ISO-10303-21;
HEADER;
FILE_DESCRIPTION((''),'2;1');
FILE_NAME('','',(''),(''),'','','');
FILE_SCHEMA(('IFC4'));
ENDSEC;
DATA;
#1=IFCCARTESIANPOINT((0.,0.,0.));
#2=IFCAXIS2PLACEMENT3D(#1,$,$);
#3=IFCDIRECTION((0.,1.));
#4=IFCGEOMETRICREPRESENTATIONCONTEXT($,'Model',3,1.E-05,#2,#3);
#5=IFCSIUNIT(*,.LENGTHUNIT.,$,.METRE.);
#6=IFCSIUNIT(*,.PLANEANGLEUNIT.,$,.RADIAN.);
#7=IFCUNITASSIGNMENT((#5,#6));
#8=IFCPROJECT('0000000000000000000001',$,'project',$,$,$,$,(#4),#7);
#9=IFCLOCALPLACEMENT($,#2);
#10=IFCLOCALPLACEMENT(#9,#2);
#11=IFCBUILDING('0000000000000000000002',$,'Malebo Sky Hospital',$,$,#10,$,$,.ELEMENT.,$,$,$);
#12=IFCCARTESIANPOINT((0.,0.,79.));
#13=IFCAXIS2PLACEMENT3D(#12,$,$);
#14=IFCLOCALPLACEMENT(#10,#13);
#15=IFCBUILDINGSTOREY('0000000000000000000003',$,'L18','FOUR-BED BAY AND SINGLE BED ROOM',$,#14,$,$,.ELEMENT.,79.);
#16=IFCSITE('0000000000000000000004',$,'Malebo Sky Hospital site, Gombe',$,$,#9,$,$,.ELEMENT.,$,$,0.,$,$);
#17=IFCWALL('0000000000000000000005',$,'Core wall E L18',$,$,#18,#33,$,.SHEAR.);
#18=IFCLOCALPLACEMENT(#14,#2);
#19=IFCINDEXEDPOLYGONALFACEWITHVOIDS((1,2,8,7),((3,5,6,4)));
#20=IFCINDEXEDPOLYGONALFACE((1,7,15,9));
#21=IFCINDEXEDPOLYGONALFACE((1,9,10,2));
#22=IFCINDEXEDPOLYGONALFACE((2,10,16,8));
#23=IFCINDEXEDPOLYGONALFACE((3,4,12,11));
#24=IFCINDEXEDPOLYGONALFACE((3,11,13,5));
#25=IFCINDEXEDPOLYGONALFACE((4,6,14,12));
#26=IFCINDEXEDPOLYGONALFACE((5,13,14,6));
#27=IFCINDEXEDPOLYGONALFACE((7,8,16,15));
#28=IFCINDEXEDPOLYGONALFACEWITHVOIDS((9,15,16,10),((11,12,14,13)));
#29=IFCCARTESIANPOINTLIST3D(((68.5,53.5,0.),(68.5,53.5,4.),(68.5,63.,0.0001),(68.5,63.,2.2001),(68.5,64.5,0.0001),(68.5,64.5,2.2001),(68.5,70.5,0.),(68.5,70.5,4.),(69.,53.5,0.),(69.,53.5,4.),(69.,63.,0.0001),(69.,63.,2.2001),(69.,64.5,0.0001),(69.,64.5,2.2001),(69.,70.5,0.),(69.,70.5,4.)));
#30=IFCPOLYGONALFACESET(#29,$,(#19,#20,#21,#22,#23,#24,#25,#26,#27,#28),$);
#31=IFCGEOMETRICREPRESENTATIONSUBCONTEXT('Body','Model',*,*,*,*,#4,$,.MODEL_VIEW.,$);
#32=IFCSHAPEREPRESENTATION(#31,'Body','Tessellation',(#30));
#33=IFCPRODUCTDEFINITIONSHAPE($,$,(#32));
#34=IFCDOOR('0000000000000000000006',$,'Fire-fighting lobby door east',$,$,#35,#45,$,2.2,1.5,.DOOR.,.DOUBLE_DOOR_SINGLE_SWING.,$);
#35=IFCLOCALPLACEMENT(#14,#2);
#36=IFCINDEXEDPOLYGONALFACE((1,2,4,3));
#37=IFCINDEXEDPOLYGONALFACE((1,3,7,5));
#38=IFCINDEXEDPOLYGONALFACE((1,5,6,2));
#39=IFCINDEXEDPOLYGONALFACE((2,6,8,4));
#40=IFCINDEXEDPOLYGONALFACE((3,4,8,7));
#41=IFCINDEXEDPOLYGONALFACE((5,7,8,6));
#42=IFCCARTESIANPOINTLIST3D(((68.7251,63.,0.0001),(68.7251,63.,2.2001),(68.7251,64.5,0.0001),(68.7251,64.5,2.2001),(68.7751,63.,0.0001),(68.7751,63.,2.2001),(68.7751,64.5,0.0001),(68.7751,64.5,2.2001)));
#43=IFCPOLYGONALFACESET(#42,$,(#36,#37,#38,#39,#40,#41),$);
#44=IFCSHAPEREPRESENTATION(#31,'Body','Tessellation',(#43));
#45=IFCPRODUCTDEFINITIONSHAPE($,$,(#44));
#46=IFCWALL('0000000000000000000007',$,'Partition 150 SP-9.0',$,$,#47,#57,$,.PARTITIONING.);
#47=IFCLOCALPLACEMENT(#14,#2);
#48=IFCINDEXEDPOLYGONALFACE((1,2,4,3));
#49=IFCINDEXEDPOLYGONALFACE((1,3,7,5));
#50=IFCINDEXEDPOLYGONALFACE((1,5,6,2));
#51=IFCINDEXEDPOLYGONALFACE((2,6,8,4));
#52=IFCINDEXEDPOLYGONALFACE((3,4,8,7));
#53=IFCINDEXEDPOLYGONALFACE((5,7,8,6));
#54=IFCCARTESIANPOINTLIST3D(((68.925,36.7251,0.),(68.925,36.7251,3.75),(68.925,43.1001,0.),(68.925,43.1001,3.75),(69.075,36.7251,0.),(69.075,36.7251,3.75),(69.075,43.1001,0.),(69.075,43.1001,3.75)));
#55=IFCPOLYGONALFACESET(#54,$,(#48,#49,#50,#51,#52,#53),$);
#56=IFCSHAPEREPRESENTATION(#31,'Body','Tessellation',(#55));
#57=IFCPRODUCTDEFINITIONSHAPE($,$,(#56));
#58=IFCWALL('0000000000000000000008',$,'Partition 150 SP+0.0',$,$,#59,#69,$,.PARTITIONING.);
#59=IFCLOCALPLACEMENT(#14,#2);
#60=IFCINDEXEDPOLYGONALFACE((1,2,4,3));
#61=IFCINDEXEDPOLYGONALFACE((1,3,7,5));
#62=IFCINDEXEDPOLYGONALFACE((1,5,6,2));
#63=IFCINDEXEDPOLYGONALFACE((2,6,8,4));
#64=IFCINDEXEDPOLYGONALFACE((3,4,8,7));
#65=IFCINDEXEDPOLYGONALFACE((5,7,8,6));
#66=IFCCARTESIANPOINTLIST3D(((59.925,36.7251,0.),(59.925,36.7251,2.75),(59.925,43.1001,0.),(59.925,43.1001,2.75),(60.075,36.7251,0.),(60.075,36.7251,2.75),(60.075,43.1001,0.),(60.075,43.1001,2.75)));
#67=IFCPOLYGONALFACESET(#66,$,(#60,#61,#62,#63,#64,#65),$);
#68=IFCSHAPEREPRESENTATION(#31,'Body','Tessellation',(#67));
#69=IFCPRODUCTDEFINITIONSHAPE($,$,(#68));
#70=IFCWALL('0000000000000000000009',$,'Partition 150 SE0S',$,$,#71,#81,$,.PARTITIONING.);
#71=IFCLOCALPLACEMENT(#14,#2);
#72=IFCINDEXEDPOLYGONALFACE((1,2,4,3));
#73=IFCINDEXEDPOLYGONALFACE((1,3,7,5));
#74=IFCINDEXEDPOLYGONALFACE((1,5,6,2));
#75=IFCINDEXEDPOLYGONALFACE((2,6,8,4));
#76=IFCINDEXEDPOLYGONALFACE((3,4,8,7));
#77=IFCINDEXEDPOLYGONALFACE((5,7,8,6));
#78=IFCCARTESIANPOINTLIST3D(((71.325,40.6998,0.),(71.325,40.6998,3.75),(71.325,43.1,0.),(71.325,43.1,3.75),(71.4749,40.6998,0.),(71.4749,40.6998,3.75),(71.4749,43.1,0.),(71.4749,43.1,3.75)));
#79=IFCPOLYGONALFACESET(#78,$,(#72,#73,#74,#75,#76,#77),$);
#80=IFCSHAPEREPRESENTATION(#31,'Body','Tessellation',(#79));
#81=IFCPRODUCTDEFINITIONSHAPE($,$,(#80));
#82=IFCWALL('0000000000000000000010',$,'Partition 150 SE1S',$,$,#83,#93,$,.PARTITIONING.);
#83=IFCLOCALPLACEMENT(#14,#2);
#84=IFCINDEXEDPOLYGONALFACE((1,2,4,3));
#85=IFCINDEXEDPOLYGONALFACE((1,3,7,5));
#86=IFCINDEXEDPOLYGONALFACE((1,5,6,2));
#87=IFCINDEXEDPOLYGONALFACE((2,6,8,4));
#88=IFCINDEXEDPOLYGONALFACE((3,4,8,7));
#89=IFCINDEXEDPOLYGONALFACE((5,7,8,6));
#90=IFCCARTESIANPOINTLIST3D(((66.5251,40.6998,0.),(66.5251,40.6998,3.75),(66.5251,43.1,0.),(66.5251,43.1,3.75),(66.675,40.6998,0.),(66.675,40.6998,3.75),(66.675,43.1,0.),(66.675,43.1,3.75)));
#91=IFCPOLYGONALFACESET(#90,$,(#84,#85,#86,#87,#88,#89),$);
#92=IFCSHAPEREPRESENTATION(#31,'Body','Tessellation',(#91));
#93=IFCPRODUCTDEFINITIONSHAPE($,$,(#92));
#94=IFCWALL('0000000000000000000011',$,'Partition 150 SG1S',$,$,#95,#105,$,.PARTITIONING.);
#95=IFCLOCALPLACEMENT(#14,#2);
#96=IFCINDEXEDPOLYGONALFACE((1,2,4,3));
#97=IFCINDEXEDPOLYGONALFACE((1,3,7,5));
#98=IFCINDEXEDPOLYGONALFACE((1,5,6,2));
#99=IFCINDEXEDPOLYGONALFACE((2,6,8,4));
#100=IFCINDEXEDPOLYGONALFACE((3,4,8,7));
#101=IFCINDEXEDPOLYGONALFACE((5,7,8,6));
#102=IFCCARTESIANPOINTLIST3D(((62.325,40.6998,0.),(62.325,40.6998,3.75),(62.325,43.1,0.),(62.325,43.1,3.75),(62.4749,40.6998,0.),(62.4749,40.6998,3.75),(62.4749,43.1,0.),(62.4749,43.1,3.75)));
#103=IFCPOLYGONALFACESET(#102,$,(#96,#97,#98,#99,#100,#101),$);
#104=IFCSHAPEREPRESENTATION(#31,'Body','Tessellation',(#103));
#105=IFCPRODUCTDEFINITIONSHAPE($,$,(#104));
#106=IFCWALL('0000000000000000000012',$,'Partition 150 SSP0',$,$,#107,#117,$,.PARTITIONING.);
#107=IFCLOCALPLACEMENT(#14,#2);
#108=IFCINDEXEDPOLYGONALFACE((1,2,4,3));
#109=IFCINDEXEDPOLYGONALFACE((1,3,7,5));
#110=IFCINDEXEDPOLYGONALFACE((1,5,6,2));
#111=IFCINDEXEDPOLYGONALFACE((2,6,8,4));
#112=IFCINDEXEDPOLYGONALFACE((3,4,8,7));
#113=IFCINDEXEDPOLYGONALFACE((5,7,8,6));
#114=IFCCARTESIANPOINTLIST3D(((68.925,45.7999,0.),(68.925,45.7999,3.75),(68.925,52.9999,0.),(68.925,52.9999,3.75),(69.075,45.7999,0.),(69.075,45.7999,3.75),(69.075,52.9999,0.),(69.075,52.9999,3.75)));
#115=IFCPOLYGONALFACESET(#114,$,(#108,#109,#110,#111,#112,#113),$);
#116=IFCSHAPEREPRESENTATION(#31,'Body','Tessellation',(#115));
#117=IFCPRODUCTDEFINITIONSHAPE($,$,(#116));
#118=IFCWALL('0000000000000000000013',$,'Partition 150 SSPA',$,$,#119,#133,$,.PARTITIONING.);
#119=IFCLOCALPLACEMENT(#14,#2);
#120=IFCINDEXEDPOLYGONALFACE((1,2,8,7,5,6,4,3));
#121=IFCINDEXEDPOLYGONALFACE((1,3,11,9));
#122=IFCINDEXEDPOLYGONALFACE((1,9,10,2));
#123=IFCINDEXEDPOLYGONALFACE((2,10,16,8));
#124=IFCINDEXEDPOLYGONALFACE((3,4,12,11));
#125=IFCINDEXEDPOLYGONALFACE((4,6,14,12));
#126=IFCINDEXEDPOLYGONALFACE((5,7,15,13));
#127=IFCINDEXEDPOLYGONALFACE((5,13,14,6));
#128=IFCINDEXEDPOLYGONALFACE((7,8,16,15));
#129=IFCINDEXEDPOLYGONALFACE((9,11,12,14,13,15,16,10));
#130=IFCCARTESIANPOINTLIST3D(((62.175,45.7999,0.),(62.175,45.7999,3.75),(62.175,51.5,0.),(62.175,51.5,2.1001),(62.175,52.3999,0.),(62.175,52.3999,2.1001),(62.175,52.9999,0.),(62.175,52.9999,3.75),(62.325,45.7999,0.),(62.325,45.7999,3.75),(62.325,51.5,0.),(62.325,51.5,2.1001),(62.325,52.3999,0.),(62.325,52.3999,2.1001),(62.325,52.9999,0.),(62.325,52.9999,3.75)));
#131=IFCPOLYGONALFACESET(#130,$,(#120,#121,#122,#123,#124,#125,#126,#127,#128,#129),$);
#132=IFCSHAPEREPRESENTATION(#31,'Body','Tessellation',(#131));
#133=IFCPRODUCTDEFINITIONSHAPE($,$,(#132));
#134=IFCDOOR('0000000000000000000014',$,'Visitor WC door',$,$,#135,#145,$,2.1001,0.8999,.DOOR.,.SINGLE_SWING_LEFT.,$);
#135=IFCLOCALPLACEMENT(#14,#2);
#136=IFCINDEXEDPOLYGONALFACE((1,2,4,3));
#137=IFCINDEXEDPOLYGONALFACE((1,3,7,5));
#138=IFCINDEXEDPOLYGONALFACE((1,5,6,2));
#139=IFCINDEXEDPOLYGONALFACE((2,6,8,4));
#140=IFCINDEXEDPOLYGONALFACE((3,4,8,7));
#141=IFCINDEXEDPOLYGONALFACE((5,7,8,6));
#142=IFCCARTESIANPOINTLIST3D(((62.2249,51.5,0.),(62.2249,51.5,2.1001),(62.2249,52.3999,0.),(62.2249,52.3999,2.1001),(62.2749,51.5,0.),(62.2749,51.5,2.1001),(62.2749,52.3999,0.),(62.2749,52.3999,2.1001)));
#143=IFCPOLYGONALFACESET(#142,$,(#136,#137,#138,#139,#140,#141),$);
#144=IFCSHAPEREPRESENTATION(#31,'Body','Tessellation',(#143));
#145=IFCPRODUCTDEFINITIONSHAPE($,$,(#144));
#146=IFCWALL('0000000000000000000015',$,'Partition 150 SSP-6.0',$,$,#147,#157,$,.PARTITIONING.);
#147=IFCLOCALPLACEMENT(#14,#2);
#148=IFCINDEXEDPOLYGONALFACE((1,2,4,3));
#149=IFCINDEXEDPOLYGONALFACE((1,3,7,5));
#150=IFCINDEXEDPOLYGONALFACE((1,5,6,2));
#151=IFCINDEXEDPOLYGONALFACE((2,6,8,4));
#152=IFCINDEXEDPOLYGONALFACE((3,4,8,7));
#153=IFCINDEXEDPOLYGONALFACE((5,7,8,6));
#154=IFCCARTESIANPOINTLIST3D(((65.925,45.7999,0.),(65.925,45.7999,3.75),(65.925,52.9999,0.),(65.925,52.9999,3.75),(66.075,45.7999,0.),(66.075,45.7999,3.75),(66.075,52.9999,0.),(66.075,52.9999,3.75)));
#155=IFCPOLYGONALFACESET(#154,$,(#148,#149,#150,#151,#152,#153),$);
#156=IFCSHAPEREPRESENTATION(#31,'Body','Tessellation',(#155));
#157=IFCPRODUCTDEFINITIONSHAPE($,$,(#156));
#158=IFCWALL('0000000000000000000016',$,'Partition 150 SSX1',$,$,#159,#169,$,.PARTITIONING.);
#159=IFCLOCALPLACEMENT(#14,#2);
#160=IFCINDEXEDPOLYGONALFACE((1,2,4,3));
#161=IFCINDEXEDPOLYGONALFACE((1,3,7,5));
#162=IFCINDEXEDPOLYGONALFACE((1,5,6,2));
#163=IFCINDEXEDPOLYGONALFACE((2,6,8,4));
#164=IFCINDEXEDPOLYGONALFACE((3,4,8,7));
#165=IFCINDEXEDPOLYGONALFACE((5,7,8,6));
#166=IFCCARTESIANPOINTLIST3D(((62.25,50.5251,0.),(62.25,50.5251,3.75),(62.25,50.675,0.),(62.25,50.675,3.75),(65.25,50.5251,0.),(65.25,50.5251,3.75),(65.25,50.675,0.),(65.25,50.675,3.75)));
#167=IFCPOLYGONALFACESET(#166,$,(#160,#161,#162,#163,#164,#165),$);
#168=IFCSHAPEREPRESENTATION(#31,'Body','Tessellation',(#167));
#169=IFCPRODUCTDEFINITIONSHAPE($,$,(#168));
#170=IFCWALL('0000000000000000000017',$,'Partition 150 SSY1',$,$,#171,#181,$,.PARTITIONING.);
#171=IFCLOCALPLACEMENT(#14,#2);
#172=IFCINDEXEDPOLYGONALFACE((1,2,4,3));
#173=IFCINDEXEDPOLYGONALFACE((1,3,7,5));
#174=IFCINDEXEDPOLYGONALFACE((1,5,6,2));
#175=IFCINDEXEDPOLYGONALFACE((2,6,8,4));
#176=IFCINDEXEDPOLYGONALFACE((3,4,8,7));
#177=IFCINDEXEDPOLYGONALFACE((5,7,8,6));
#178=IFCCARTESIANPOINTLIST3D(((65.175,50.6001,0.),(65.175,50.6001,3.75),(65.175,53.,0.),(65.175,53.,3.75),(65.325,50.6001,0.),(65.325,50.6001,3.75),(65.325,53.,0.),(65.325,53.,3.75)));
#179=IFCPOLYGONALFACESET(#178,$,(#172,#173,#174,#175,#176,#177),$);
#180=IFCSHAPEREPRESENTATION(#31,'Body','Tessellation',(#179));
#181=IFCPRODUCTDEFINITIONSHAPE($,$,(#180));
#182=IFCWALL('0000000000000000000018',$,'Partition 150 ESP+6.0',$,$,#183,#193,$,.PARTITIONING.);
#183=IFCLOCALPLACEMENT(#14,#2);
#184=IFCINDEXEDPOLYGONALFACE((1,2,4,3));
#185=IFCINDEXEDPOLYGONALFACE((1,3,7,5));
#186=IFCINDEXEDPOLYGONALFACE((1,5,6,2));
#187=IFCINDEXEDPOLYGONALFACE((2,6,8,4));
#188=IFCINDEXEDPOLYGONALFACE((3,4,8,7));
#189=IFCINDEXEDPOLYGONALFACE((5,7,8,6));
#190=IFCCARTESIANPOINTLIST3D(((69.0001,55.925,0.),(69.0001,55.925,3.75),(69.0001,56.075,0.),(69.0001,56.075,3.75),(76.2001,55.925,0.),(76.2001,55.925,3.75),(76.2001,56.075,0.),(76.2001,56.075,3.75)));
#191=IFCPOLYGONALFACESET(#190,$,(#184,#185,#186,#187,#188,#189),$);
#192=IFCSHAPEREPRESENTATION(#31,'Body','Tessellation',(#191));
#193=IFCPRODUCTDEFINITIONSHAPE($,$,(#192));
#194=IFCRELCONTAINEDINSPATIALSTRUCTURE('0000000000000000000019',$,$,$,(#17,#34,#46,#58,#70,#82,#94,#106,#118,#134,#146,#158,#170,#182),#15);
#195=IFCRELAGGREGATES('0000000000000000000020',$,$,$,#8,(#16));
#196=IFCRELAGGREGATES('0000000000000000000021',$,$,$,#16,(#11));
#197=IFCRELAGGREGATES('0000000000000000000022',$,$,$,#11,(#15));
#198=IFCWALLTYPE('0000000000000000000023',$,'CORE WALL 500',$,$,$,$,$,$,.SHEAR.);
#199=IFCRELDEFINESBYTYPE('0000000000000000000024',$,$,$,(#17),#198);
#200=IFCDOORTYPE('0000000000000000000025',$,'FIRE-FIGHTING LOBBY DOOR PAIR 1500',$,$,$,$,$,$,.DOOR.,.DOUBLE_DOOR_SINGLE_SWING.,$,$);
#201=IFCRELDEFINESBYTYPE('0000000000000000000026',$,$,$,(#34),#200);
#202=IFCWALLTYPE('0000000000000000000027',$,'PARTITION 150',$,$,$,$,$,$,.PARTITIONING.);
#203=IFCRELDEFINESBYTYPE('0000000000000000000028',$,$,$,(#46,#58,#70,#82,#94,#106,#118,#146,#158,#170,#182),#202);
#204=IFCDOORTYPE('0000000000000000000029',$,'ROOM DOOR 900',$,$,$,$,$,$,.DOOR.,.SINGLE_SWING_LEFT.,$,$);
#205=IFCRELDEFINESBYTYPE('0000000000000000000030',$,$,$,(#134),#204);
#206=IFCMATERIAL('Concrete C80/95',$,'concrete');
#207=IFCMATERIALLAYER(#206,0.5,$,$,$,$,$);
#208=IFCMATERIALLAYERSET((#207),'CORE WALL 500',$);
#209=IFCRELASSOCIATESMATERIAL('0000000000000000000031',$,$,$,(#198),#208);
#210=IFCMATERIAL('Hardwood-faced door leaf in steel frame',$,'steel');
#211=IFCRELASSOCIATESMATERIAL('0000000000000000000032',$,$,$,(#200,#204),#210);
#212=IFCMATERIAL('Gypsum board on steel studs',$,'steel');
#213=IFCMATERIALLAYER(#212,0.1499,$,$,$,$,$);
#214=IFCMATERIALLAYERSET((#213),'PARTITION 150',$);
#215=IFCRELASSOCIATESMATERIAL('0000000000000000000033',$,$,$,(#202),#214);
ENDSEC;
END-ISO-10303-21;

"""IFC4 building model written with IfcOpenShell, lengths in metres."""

from ifc_helpers import new_model, si_unit, direction, frame, frame_2d, origin, place, context, subcontext, project, spatial, rectangle, extrude, material, layer, layer_set, type_object, element, fill, save


model = new_model("IFC4")

# Units and contexts
model_context = context("Model", 3, precision=1e-05, world=origin(), true_north=direction((0.0, 1.0)))
body_context = subcontext(model_context, "Body", "Model", "MODEL_VIEW")
ifc_project = project(units=[si_unit("LENGTHUNIT", "METRE"), si_unit("PLANEANGLEUNIT", "RADIAN")], contexts=[model_context])

# Site, building, storey
site_placement = place(None, origin())
site = spatial("IfcSite", under=ifc_project, at=site_placement, Name="Malebo Sky Hospital site, Gombe", CompositionType="ELEMENT", RefElevation=0.0)
building_placement = place(site_placement, origin())
building = spatial("IfcBuilding", under=site, at=building_placement, Name="Malebo Sky Hospital", CompositionType="ELEMENT")
storey_placement = place(building_placement, frame((0.0, 0.0, 79.0)))
storey = spatial("IfcBuildingStorey", under=building, at=storey_placement, Name="L18", Description="FOUR-BED BAY AND SINGLE BED ROOM", CompositionType="ELEMENT", Elevation=79.0)

# Shared definitions
ifc_material_1 = material(Name="Concrete C80/95", Category="concrete")

# Wall, opening, door
ifc_material_2 = material(Name="Hardwood-faced door leaf in steel frame", Category="steel")
ifc_layer_1 = layer(ifc_material_1, 0.5)
ifc_layer_set_1 = layer_set([ifc_layer_1], Name="CORE WALL 500")
wall_type_1 = type_object("IfcWallType", Name="CORE WALL 500", PredefinedType="SHEAR", material=ifc_layer_set_1)
wall_1_placement = place(storey_placement, frame((68.75, 53.5, 0.0), z_axis=(0.0, 0.0, 1.0), x_axis=(0.0, 1.0, 0.0)))
wall_1 = element("IfcWall", 1, at=wall_1_placement, inside=storey, type_object=wall_type_1, Name="Core wall E L18", PredefinedType="SHEAR", context=body_context, shape_type="SweptSolid", body=[
    extrude(rectangle(XDim=17.0, YDim=0.5, at=frame_2d((8.5, 0.0))), origin(), (0.0, 0.0, 1.0), 4.0),
])
opening_1_placement = place(wall_1_placement, frame((9.5, 0.0, 0.0)))
opening_1 = element("IfcOpeningElement", 2, at=opening_1_placement, cuts=wall_1, PredefinedType="OPENING", context=body_context, shape_type="SweptSolid", body=[
    extrude(rectangle(XDim=1.5, YDim=2.2, at=frame_2d((0.75, 1.1001))), frame((0.0, 0.26, 0.0), z_axis=(0.0, -1.0, 0.0), x_axis=(1.0, 0.0, 0.0)), (0.0, 0.0, 1.0), 0.52),
])
door_type_1 = type_object("IfcDoorType", Name="FIRE-FIGHTING LOBBY DOOR PAIR 1500", OperationType="DOUBLE_DOOR_SINGLE_SWING", PredefinedType="DOOR", material=ifc_material_2)
door_1_placement = place(opening_1_placement, origin())
door_1 = element("IfcDoor", 3, at=door_1_placement, inside=storey, type_object=door_type_1, Name="Fire-fighting lobby door east", OperationType="DOUBLE_DOOR_SINGLE_SWING", OverallHeight=2.2, OverallWidth=1.5, PredefinedType="DOOR", context=body_context, shape_type="SweptSolid", body=[
    extrude(rectangle(XDim=1.5, YDim=2.2, at=frame_2d((0.75, 1.1001))), frame((0.0, 0.0249, 0.0), z_axis=(0.0, -1.0, 0.0), x_axis=(1.0, 0.0, 0.0)), (0.0, 0.0, 1.0), 0.05),
])
fill(opening_1, door_1)

# Walls
ifc_material_3 = material(Name="Gypsum board on steel studs", Category="steel")
ifc_layer_2 = layer(ifc_material_3, 0.1499)
ifc_layer_set_2 = layer_set([ifc_layer_2], Name="PARTITION 150")
wall_type_2 = type_object("IfcWallType", Name="PARTITION 150", PredefinedType="PARTITIONING", material=ifc_layer_set_2)
wall_2_placement = place(storey_placement, frame((69.0, 43.1001, 0.0), z_axis=(0.0, 0.0, 1.0), x_axis=(0.0, -1.0, 0.0)))
element("IfcWall", 4, at=wall_2_placement, inside=storey, type_object=wall_type_2, Name="Partition 150 SP-9.0", PredefinedType="PARTITIONING", context=body_context, shape_type="SweptSolid", body=[
    extrude(rectangle(XDim=6.375, YDim=0.1499, at=frame_2d((3.1875, 0.0))), origin(), (0.0, 0.0, 1.0), 3.75),
])
wall_3_placement = place(storey_placement, frame((60.0, 43.1001, 0.0), z_axis=(0.0, 0.0, 1.0), x_axis=(0.0, -1.0, 0.0)))
element("IfcWall", 5, at=wall_3_placement, inside=storey, type_object=wall_type_2, Name="Partition 150 SP+0.0", PredefinedType="PARTITIONING", context=body_context, shape_type="SweptSolid", body=[
    extrude(rectangle(XDim=6.375, YDim=0.1499, at=frame_2d((3.1875, 0.0))), origin(), (0.0, 0.0, 1.0), 2.75),
])
for number, where, z_axis, x_axis, name in (
    (6, (71.3999, 43.1001, 0.0), (0.0, 0.0, 1.0), (0.0, -1.0, 0.0), "Partition 150 SE0S"),
    (7, (66.6001, 43.1001, 0.0), (0.0, 0.0, 1.0), (0.0, -1.0, 0.0), "Partition 150 SE1S"),
    (8, (62.3999, 43.1001, 0.0), (0.0, 0.0, 1.0), (0.0, -1.0, 0.0), "Partition 150 SG1S"),
):
    element("IfcWall", number, at=place(storey_placement, frame(where, z_axis=z_axis, x_axis=x_axis)), inside=storey, type_object=wall_type_2, Name=name, PredefinedType="PARTITIONING", context=body_context, shape_type="SweptSolid", body=[
        extrude(rectangle(XDim=2.4001, YDim=0.1499, at=frame_2d((1.2002, 0.0))), origin(), (0.0, 0.0, 1.0), 3.75),
    ])
wall_4_placement = place(storey_placement, frame((69.0, 53.0, 0.0), z_axis=(0.0, 0.0, 1.0), x_axis=(0.0, -1.0, 0.0)))
element("IfcWall", 9, at=wall_4_placement, inside=storey, type_object=wall_type_2, Name="Partition 150 SSP0", PredefinedType="PARTITIONING", context=body_context, shape_type="SweptSolid", body=[
    extrude(rectangle(XDim=7.2, YDim=0.1499, at=frame_2d((3.6001, 0.0))), origin(), (0.0, 0.0, 1.0), 3.75),
])

# Wall, opening, door
wall_5_placement = place(storey_placement, frame((62.25, 53.0, 0.0), z_axis=(0.0, 0.0, 1.0), x_axis=(0.0, -1.0, 0.0)))
wall_5 = element("IfcWall", 10, at=wall_5_placement, inside=storey, type_object=wall_type_2, Name="Partition 150 SSPA", PredefinedType="PARTITIONING", context=body_context, shape_type="SweptSolid", body=[
    extrude(rectangle(XDim=7.2, YDim=0.1499, at=frame_2d((3.6001, 0.0))), origin(), (0.0, 0.0, 1.0), 3.75),
])
opening_2_placement = place(wall_5_placement, frame((0.6001, 0.0, 0.0)))
opening_2 = element("IfcOpeningElement", 11, at=opening_2_placement, cuts=wall_5, PredefinedType="OPENING", context=body_context, shape_type="SweptSolid", body=[
    extrude(rectangle(XDim=0.8999, YDim=2.1001, at=frame_2d((0.45, 1.05))), frame((0.0, 0.085, 0.0), z_axis=(0.0, -1.0, 0.0), x_axis=(1.0, 0.0, 0.0)), (0.0, 0.0, 1.0), 0.1699),
])
door_type_2 = type_object("IfcDoorType", Name="ROOM DOOR 900", OperationType="SINGLE_SWING_LEFT", PredefinedType="DOOR", material=ifc_material_2)
door_2_placement = place(opening_2_placement, origin())
door_2 = element("IfcDoor", 12, at=door_2_placement, inside=storey, type_object=door_type_2, Name="Visitor WC door", OperationType="SINGLE_SWING_LEFT", OverallHeight=2.1001, OverallWidth=0.8999, PredefinedType="DOOR", context=body_context, shape_type="SweptSolid", body=[
    extrude(rectangle(XDim=0.8999, YDim=2.1001, at=frame_2d((0.45, 1.05))), frame((0.0, 0.0249, 0.0), z_axis=(0.0, -1.0, 0.0), x_axis=(1.0, 0.0, 0.0)), (0.0, 0.0, 1.0), 0.05),
])
fill(opening_2, door_2)

# Walls
wall_6_placement = place(storey_placement, frame((66.0, 53.0, 0.0), z_axis=(0.0, 0.0, 1.0), x_axis=(0.0, -1.0, 0.0)))
element("IfcWall", 13, at=wall_6_placement, inside=storey, type_object=wall_type_2, Name="Partition 150 SSP-6.0", PredefinedType="PARTITIONING", context=body_context, shape_type="SweptSolid", body=[
    extrude(rectangle(XDim=7.2, YDim=0.1499, at=frame_2d((3.6001, 0.0))), origin(), (0.0, 0.0, 1.0), 3.75),
])
wall_7_placement = place(storey_placement, frame((65.25, 50.6001, 0.0), z_axis=(0.0, 0.0, 1.0), x_axis=(-1.0, 0.0, 0.0)))
element("IfcWall", 14, at=wall_7_placement, inside=storey, type_object=wall_type_2, Name="Partition 150 SSX1", PredefinedType="PARTITIONING", context=body_context, shape_type="SweptSolid", body=[
    extrude(rectangle(XDim=3.0, YDim=0.1499, at=frame_2d((1.5, 0.0))), origin(), (0.0, 0.0, 1.0), 3.75),
])
wall_8_placement = place(storey_placement, frame((65.25, 53.0, 0.0), z_axis=(0.0, 0.0, 1.0), x_axis=(0.0, -1.0, 0.0)))
element("IfcWall", 15, at=wall_8_placement, inside=storey, type_object=wall_type_2, Name="Partition 150 SSY1", PredefinedType="PARTITIONING", context=body_context, shape_type="SweptSolid", body=[
    extrude(rectangle(XDim=2.3999, YDim=0.1499, at=frame_2d((1.2, 0.0))), origin(), (0.0, 0.0, 1.0), 3.75),
])
for number, where, z_axis, x_axis, name in (
    (16, (69.0, 56.0, 0.0), (0.0, 0.0, 1.0), (1.0, 0.0, 0.0), "Partition 150 ESP+6.0"),
):
    element("IfcWall", number, at=place(storey_placement, frame(where, z_axis=z_axis, x_axis=x_axis)), inside=storey, type_object=wall_type_2, Name=name, PredefinedType="PARTITIONING", context=body_context, shape_type="SweptSolid", body=[
        extrude(rectangle(XDim=7.2, YDim=0.1499, at=frame_2d((3.6001, 0.0))), origin(), (0.0, 0.0, 1.0), 3.75),
    ])

save(model, "model.ifc")
